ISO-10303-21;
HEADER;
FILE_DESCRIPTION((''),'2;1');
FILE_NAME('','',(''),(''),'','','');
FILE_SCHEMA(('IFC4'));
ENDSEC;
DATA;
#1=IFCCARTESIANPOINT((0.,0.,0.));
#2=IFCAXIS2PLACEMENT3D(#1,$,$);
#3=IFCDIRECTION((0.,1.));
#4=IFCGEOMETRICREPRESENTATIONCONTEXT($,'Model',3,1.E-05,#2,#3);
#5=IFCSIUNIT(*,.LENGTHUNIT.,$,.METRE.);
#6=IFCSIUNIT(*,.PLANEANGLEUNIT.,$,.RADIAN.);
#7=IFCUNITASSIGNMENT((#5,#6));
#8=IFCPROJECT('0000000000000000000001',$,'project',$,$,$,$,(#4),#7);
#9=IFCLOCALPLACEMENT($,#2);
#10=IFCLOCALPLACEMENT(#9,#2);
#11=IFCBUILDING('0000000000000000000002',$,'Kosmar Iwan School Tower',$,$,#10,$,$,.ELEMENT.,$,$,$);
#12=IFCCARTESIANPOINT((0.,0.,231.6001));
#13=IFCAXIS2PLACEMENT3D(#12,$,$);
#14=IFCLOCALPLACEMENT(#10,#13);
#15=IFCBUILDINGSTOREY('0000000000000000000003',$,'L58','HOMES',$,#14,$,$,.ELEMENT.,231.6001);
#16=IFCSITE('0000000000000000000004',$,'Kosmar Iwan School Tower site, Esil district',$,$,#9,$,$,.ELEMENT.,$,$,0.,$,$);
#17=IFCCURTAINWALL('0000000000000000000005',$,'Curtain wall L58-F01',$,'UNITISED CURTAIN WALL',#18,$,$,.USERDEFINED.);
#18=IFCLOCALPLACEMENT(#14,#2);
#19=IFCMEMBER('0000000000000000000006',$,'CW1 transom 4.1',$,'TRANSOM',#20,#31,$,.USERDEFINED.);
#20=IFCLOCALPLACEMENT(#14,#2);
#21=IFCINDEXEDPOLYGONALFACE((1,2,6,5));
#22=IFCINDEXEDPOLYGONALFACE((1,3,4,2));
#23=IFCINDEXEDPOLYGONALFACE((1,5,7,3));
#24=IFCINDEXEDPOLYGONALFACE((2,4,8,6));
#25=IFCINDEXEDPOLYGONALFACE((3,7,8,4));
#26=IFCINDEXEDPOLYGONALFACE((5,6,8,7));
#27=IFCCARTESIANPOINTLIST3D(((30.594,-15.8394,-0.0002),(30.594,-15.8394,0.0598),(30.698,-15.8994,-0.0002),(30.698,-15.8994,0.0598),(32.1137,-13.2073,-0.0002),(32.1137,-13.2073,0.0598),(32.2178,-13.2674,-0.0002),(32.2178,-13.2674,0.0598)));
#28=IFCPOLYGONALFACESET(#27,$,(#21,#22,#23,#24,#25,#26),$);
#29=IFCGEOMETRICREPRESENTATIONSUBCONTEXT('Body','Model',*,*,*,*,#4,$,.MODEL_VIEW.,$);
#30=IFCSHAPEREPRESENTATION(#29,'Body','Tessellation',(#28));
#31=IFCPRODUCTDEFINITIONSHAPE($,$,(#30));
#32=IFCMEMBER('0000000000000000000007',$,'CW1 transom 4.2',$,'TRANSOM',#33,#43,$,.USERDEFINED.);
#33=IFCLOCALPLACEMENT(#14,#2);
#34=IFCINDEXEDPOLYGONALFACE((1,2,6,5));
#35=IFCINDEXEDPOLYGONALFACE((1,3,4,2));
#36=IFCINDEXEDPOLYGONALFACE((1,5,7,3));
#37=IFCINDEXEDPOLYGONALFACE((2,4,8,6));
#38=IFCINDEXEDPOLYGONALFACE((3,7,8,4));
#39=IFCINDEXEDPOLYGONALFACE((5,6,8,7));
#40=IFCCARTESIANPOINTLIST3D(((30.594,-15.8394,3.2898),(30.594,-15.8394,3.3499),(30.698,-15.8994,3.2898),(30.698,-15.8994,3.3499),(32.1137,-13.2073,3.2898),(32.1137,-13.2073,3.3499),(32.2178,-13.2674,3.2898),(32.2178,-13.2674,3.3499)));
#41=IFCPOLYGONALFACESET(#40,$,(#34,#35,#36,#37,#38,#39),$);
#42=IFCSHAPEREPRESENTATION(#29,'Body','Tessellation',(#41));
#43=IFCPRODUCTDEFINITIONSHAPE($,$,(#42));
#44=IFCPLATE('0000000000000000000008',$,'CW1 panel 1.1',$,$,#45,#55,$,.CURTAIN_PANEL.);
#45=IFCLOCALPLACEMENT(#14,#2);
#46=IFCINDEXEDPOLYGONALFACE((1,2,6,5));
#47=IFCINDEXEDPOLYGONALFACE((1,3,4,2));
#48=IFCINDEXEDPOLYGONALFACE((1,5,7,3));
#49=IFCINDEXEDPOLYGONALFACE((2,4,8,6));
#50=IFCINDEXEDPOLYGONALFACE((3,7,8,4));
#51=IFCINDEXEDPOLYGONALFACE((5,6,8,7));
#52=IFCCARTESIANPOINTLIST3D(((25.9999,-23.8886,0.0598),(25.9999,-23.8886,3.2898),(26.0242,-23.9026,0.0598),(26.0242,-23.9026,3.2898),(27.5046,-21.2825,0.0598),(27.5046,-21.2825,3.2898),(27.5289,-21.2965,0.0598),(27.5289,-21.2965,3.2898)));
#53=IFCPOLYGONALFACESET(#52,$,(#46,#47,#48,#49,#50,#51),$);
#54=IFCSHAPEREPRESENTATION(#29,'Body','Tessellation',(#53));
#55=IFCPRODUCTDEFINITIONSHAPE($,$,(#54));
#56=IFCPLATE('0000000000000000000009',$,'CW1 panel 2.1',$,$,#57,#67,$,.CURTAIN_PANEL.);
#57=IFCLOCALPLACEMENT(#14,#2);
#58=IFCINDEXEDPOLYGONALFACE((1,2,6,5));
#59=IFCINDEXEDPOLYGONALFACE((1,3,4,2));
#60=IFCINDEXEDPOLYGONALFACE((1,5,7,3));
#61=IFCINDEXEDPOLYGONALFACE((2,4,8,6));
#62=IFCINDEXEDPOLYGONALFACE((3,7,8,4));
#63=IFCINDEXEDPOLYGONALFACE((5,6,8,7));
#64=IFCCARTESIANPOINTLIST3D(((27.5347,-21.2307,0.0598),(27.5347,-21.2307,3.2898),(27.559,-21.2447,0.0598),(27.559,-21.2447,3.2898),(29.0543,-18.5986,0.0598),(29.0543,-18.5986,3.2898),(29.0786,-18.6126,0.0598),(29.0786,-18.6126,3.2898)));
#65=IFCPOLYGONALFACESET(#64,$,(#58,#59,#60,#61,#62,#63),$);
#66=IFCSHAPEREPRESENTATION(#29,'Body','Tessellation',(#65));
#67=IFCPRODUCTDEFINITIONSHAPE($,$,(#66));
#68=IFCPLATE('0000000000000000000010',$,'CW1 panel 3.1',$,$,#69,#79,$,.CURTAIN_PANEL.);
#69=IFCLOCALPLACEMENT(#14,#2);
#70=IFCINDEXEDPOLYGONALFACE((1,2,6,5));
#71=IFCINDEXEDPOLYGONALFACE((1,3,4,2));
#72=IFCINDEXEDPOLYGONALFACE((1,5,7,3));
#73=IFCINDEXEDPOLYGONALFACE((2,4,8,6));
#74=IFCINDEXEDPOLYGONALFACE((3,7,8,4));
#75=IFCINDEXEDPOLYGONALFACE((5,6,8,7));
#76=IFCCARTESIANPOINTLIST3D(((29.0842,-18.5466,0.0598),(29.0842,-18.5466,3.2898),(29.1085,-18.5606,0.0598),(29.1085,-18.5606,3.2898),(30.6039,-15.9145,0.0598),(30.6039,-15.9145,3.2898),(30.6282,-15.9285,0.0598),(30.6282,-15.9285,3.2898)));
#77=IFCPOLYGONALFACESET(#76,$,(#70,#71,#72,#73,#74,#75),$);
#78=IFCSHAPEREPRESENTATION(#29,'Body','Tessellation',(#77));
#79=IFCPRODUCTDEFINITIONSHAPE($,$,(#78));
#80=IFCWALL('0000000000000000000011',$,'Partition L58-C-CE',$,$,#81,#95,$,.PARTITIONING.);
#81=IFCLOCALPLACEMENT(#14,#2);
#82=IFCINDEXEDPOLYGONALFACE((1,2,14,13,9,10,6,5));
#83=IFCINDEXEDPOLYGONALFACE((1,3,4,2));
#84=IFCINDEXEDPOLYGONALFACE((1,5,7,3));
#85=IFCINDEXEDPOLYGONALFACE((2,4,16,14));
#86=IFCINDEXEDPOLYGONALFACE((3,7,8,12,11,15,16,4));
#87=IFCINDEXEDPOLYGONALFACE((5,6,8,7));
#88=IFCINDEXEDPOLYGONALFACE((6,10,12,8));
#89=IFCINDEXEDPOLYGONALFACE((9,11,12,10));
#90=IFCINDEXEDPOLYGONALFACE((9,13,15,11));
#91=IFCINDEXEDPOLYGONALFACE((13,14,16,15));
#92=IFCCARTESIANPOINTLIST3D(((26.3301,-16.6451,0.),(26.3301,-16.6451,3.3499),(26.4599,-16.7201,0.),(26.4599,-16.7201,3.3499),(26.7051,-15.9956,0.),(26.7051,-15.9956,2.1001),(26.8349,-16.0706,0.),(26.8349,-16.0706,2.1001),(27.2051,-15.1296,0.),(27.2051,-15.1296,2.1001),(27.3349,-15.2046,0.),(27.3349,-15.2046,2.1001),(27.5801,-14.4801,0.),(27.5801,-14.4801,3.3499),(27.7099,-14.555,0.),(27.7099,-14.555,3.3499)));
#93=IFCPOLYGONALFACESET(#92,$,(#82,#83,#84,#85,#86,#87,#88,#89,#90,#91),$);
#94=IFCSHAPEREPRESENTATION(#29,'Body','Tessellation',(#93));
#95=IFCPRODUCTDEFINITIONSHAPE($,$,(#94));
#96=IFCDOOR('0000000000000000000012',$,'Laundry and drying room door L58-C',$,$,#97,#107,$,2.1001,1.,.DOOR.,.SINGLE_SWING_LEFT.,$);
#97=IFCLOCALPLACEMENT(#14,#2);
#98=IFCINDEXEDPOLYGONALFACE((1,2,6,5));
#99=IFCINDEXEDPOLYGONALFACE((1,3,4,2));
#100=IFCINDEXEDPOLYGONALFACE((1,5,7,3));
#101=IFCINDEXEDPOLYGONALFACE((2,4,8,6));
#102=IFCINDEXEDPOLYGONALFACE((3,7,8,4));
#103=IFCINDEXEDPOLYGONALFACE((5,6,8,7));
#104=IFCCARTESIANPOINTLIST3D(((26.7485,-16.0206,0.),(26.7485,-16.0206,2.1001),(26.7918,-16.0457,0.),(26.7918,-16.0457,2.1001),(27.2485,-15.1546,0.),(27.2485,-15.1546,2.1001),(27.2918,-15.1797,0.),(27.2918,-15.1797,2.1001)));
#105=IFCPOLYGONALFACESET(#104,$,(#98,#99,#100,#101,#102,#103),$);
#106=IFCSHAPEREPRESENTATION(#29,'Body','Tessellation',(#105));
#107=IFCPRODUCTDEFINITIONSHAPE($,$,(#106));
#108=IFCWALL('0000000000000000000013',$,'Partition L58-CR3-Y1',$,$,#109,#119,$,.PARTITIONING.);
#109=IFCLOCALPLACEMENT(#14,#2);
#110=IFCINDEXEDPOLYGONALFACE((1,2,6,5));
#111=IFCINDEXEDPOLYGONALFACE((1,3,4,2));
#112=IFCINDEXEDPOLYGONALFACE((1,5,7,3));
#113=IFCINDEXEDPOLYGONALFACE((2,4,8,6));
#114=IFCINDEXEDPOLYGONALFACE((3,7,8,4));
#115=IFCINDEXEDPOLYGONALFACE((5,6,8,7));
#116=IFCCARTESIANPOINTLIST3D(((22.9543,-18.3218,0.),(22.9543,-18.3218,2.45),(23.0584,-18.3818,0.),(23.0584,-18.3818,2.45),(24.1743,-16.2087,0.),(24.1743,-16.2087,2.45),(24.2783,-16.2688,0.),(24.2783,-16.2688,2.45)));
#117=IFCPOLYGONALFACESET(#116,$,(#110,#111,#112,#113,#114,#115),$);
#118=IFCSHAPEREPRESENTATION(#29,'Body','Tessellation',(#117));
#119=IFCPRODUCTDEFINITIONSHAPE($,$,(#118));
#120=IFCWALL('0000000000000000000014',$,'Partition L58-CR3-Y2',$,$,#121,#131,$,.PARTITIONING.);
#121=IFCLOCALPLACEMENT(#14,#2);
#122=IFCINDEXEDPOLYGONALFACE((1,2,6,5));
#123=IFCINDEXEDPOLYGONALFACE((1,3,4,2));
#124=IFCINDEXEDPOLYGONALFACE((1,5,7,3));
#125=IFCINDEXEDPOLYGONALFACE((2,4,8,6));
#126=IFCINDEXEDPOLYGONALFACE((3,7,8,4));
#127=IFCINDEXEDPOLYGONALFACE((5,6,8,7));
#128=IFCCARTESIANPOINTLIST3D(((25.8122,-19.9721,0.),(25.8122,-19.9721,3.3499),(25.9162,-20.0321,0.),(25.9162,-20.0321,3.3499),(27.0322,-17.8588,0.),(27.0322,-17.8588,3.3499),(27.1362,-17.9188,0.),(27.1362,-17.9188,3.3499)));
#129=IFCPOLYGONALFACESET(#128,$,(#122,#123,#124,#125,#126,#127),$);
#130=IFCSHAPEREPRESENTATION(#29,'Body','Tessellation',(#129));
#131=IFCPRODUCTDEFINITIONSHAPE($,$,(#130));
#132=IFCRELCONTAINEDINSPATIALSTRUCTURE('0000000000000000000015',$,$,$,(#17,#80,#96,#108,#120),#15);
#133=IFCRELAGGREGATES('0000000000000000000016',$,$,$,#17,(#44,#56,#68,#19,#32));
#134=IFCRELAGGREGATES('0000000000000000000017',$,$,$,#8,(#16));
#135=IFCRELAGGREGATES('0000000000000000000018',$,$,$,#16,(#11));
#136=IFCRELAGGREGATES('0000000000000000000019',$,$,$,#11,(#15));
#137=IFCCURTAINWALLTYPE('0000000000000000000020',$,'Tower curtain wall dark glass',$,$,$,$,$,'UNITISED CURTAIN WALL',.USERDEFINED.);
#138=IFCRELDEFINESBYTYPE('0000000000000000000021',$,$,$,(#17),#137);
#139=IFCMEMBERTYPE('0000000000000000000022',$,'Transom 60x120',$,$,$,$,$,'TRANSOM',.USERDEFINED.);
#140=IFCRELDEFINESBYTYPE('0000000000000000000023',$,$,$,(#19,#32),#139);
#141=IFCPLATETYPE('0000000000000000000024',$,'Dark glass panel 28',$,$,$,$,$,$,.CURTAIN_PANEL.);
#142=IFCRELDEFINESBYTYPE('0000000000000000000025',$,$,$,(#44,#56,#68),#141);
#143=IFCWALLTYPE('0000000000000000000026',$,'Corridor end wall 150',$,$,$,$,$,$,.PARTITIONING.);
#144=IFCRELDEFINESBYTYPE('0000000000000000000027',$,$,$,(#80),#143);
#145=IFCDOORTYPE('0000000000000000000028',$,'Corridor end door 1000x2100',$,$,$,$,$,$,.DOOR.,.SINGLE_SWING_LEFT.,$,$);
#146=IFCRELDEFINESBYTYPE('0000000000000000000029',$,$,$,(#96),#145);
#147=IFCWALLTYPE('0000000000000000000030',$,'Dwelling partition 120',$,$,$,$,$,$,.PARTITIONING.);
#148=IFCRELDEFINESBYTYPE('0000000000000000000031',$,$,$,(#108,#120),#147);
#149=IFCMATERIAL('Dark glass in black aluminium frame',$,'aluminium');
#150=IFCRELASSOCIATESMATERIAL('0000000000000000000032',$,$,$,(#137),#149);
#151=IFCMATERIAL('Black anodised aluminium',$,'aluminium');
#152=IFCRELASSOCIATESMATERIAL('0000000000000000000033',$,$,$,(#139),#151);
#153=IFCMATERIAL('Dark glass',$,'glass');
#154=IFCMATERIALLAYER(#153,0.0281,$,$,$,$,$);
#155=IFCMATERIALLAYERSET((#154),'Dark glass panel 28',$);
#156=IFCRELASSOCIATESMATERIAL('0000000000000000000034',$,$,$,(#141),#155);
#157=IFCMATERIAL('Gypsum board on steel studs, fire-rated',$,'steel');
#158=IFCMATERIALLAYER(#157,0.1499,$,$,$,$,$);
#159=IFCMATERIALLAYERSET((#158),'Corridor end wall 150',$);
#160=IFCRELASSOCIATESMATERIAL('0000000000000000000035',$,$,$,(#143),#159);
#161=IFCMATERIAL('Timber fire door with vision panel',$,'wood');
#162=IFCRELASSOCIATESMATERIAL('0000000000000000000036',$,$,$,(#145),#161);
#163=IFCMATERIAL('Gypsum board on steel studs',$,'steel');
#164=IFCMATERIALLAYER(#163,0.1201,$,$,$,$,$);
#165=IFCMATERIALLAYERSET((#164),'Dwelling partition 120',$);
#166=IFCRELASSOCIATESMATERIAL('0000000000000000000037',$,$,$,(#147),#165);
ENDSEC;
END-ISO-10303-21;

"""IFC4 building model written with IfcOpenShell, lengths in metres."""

from ifc_helpers import new_model, si_unit, direction, frame, frame_2d, origin, origin_2d, place, context, subcontext, project, spatial, rectangle, extrude, material, layer, layer_set, material_profile, profile_set, type_object, element, fill, aggregate, save


model = new_model("IFC4")

# Units and contexts
model_context = context("Model", 3, precision=1e-05, world=origin(), true_north=direction((0.0, 1.0)))
body_context = subcontext(model_context, "Body", "Model", "MODEL_VIEW")
ifc_project = project(units=[si_unit("LENGTHUNIT", "METRE"), si_unit("PLANEANGLEUNIT", "RADIAN")], contexts=[model_context])

# Site, building, storey
site_placement = place(None, origin())
site = spatial("IfcSite", under=ifc_project, at=site_placement, Name="Kosmar Iwan School Tower site, Esil district", CompositionType="ELEMENT", RefElevation=0.0)
building_placement = place(site_placement, origin())
building = spatial("IfcBuilding", under=site, at=building_placement, Name="Kosmar Iwan School Tower", CompositionType="ELEMENT")
storey_placement = place(building_placement, frame((0.0, 0.0, 231.6001)))
storey = spatial("IfcBuildingStorey", under=building, at=storey_placement, Name="L58", Description="HOMES", CompositionType="ELEMENT", Elevation=231.6001)

# Curtain wall
ifc_material_1 = material(Name="Dark glass in black aluminium frame", Category="aluminium")
curtain_wall_type_1 = type_object("IfcCurtainWallType", Name="Tower curtain wall dark glass", ElementType="UNITISED CURTAIN WALL", PredefinedType="USERDEFINED", material=ifc_material_1)
curtain_wall_1_placement = place(storey_placement, origin())
curtain_wall_1 = element("IfcCurtainWall", 1, at=curtain_wall_1_placement, inside=storey, type_object=curtain_wall_type_1, Name="Curtain wall L58-F01", ObjectType="UNITISED CURTAIN WALL", PredefinedType="USERDEFINED")

# Members
ifc_material_2 = material(Name="Black anodised aluminium", Category="aluminium")
ifc_material_profile_1 = material_profile(ifc_material_2, rectangle(XDim=0.1201, YDim=0.0601, at=origin_2d()), Name="TRANSOM 60x120")
ifc_profile_set_1 = profile_set([ifc_material_profile_1], Name="Black anodised aluminium")
member_type_1 = type_object("IfcMemberType", Name="Transom 60x120", ElementType="TRANSOM", PredefinedType="USERDEFINED", material=ifc_profile_set_1)
member_1_placement = place(storey_placement, frame((30.646, -15.8694, 0.0298), z_axis=(0.500035, 0.866005, 0.0), x_axis=(-0.866005, 0.500035, 0.0)))
member_1 = element("IfcMember", 2, at=member_1_placement, type_object=member_type_1, Name="CW1 transom 4.1", ObjectType="TRANSOM", PredefinedType="USERDEFINED", context=body_context, shape_type="SweptSolid", body=[
    extrude(rectangle(XDim=0.1201, YDim=0.0601, at=origin_2d()), origin(), (0.0, 0.0, 1.0), 3.0393),
])
member_2_placement = place(storey_placement, frame((30.646, -15.8694, 3.3198), z_axis=(0.500035, 0.866005, 0.0), x_axis=(-0.866005, 0.500035, 0.0)))
member_2 = element("IfcMember", 3, at=member_2_placement, type_object=member_type_1, Name="CW1 transom 4.2", ObjectType="TRANSOM", PredefinedType="USERDEFINED", context=body_context, shape_type="SweptSolid", body=[
    extrude(rectangle(XDim=0.1201, YDim=0.0601, at=origin_2d()), origin(), (0.0, 0.0, 1.0), 3.0393),
])

# Plates
ifc_material_3 = material(Name="Dark glass", Category="glass")
ifc_layer_1 = layer(ifc_material_3, 0.0281)
ifc_layer_set_1 = layer_set([ifc_layer_1], Name="Dark glass panel 28")
plate_type = type_object("IfcPlateType", Name="Dark glass panel 28", PredefinedType="CURTAIN_PANEL", material=ifc_layer_set_1)
plate_1_placement = place(storey_placement, frame((26.7644, -22.5925, 0.0598), z_axis=(0.0, 0.0, 1.0), x_axis=(0.5, 0.866025, 0.0)))
plate_1 = element("IfcPlate", 4, at=plate_1_placement, type_object=plate_type, Name="CW1 panel 1.1", PredefinedType="CURTAIN_PANEL", context=body_context, shape_type="SweptSolid", body=[
    extrude(rectangle(XDim=3.0093, YDim=0.0281, at=origin_2d()), origin(), (0.0, 0.0, 1.0), 3.23),
])
plate_2_placement = place(storey_placement, frame((28.3066, -19.9216, 0.0598), z_axis=(0.0, 0.0, 1.0), x_axis=(0.5, 0.866025, 0.0)))
plate_2 = element("IfcPlate", 5, at=plate_2_placement, type_object=plate_type, Name="CW1 panel 2.1", PredefinedType="CURTAIN_PANEL", context=body_context, shape_type="SweptSolid", body=[
    extrude(rectangle(XDim=3.0393, YDim=0.0281, at=origin_2d()), origin(), (0.0, 0.0, 1.0), 3.23),
])
plate_3_placement = place(storey_placement, frame((29.8562, -17.2375, 0.0598), z_axis=(0.0, 0.0, 1.0), x_axis=(0.5, 0.866025, 0.0)))
plate_3 = element("IfcPlate", 6, at=plate_3_placement, type_object=plate_type, Name="CW1 panel 3.1", PredefinedType="CURTAIN_PANEL", context=body_context, shape_type="SweptSolid", body=[
    extrude(rectangle(XDim=3.0393, YDim=0.0281, at=origin_2d()), origin(), (0.0, 0.0, 1.0), 3.23),
])
aggregate(curtain_wall_1, [plate_1, plate_2, plate_3, member_1, member_2])

# Wall, opening, door
ifc_material_4 = material(Name="Gypsum board on steel studs, fire-rated", Category="steel")
ifc_layer_2 = layer(ifc_material_4, 0.1499)
ifc_layer_set_2 = layer_set([ifc_layer_2], Name="Corridor end wall 150")
wall_type_1 = type_object("IfcWallType", Name="Corridor end wall 150", PredefinedType="PARTITIONING", material=ifc_layer_set_2)
wall_1_placement = place(storey_placement, frame((26.395, -16.6826, 0.0), z_axis=(0.0, 0.0, 1.0), x_axis=(0.500004, 0.866023, 0.0)))
wall_1 = element("IfcWall", 7, at=wall_1_placement, inside=storey, type_object=wall_type_1, Name="Partition L58-C-CE", PredefinedType="PARTITIONING", context=body_context, shape_type="SweptSolid", body=[
    extrude(rectangle(XDim=2.5, YDim=0.1499, at=frame_2d((1.25, 0.0))), origin(), (0.0, 0.0, 1.0), 3.3499),
])
opening_placement = place(wall_1_placement, frame((0.75, 0.0, 0.0)))
opening = element("IfcOpeningElement", 8, at=opening_placement, cuts=wall_1, PredefinedType="OPENING", context=body_context, shape_type="SweptSolid", body=[
    extrude(rectangle(XDim=1.0, YDim=2.1001, at=frame_2d((0.5, 1.05))), frame((0.0, 0.0869, 0.0), z_axis=(0.0, -1.0, 0.0), x_axis=(1.0, 0.0, 0.0)), (0.0, 0.0, 1.0), 0.1738),
])
ifc_material_5 = material(Name="Timber fire door with vision panel", Category="wood")
door_type = type_object("IfcDoorType", Name="Corridor end door 1000x2100", OperationType="SINGLE_SWING_LEFT", PredefinedType="DOOR", material=ifc_material_5)
door_placement = place(opening_placement, origin())
door = element("IfcDoor", 9, at=door_placement, inside=storey, type_object=door_type, Name="Laundry and drying room door L58-C", OperationType="SINGLE_SWING_LEFT", OverallHeight=2.1001, OverallWidth=1.0, PredefinedType="DOOR", context=body_context, shape_type="SweptSolid", body=[
    extrude(rectangle(XDim=1.0, YDim=2.1001, at=frame_2d((0.5, 1.05))), frame((0.0, 0.0249, 0.0), z_axis=(0.0, -1.0, 0.0), x_axis=(1.0, 0.0, 0.0)), (0.0, 0.0, 1.0), 0.05),
])
fill(opening, door)

# Walls
ifc_material_6 = material(Name="Gypsum board on steel studs", Category="steel")
ifc_layer_3 = layer(ifc_material_6, 0.1201)
ifc_layer_set_3 = layer_set([ifc_layer_3], Name="Dwelling partition 120")
wall_type_2 = type_object("IfcWallType", Name="Dwelling partition 120", PredefinedType="PARTITIONING", material=ifc_layer_set_3)
wall_2_placement = place(storey_placement, frame((24.2263, -16.2388, 0.0), z_axis=(0.0, 0.0, 1.0), x_axis=(-0.500003, -0.866024, 0.0)))
element("IfcWall", 10, at=wall_2_placement, inside=storey, type_object=wall_type_2, Name="Partition L58-CR3-Y1", PredefinedType="PARTITIONING", context=body_context, shape_type="SweptSolid", body=[
    extrude(rectangle(XDim=2.4399, YDim=0.1201, at=frame_2d((1.22, 0.0))), origin(), (0.0, 0.0, 1.0), 2.45),
])
wall_3_placement = place(storey_placement, frame((27.0842, -17.8887, 0.0), z_axis=(0.0, 0.0, 1.0), x_axis=(-0.499959, -0.866049, 0.0)))
element("IfcWall", 11, at=wall_3_placement, inside=storey, type_object=wall_type_2, Name="Partition L58-CR3-Y2", PredefinedType="PARTITIONING", context=body_context, shape_type="SweptSolid", body=[
    extrude(rectangle(XDim=2.4402, YDim=0.1201, at=frame_2d((1.2202, 0.0))), origin(), (0.0, 0.0, 1.0), 3.3499),
])

save(model, "model.ifc")
